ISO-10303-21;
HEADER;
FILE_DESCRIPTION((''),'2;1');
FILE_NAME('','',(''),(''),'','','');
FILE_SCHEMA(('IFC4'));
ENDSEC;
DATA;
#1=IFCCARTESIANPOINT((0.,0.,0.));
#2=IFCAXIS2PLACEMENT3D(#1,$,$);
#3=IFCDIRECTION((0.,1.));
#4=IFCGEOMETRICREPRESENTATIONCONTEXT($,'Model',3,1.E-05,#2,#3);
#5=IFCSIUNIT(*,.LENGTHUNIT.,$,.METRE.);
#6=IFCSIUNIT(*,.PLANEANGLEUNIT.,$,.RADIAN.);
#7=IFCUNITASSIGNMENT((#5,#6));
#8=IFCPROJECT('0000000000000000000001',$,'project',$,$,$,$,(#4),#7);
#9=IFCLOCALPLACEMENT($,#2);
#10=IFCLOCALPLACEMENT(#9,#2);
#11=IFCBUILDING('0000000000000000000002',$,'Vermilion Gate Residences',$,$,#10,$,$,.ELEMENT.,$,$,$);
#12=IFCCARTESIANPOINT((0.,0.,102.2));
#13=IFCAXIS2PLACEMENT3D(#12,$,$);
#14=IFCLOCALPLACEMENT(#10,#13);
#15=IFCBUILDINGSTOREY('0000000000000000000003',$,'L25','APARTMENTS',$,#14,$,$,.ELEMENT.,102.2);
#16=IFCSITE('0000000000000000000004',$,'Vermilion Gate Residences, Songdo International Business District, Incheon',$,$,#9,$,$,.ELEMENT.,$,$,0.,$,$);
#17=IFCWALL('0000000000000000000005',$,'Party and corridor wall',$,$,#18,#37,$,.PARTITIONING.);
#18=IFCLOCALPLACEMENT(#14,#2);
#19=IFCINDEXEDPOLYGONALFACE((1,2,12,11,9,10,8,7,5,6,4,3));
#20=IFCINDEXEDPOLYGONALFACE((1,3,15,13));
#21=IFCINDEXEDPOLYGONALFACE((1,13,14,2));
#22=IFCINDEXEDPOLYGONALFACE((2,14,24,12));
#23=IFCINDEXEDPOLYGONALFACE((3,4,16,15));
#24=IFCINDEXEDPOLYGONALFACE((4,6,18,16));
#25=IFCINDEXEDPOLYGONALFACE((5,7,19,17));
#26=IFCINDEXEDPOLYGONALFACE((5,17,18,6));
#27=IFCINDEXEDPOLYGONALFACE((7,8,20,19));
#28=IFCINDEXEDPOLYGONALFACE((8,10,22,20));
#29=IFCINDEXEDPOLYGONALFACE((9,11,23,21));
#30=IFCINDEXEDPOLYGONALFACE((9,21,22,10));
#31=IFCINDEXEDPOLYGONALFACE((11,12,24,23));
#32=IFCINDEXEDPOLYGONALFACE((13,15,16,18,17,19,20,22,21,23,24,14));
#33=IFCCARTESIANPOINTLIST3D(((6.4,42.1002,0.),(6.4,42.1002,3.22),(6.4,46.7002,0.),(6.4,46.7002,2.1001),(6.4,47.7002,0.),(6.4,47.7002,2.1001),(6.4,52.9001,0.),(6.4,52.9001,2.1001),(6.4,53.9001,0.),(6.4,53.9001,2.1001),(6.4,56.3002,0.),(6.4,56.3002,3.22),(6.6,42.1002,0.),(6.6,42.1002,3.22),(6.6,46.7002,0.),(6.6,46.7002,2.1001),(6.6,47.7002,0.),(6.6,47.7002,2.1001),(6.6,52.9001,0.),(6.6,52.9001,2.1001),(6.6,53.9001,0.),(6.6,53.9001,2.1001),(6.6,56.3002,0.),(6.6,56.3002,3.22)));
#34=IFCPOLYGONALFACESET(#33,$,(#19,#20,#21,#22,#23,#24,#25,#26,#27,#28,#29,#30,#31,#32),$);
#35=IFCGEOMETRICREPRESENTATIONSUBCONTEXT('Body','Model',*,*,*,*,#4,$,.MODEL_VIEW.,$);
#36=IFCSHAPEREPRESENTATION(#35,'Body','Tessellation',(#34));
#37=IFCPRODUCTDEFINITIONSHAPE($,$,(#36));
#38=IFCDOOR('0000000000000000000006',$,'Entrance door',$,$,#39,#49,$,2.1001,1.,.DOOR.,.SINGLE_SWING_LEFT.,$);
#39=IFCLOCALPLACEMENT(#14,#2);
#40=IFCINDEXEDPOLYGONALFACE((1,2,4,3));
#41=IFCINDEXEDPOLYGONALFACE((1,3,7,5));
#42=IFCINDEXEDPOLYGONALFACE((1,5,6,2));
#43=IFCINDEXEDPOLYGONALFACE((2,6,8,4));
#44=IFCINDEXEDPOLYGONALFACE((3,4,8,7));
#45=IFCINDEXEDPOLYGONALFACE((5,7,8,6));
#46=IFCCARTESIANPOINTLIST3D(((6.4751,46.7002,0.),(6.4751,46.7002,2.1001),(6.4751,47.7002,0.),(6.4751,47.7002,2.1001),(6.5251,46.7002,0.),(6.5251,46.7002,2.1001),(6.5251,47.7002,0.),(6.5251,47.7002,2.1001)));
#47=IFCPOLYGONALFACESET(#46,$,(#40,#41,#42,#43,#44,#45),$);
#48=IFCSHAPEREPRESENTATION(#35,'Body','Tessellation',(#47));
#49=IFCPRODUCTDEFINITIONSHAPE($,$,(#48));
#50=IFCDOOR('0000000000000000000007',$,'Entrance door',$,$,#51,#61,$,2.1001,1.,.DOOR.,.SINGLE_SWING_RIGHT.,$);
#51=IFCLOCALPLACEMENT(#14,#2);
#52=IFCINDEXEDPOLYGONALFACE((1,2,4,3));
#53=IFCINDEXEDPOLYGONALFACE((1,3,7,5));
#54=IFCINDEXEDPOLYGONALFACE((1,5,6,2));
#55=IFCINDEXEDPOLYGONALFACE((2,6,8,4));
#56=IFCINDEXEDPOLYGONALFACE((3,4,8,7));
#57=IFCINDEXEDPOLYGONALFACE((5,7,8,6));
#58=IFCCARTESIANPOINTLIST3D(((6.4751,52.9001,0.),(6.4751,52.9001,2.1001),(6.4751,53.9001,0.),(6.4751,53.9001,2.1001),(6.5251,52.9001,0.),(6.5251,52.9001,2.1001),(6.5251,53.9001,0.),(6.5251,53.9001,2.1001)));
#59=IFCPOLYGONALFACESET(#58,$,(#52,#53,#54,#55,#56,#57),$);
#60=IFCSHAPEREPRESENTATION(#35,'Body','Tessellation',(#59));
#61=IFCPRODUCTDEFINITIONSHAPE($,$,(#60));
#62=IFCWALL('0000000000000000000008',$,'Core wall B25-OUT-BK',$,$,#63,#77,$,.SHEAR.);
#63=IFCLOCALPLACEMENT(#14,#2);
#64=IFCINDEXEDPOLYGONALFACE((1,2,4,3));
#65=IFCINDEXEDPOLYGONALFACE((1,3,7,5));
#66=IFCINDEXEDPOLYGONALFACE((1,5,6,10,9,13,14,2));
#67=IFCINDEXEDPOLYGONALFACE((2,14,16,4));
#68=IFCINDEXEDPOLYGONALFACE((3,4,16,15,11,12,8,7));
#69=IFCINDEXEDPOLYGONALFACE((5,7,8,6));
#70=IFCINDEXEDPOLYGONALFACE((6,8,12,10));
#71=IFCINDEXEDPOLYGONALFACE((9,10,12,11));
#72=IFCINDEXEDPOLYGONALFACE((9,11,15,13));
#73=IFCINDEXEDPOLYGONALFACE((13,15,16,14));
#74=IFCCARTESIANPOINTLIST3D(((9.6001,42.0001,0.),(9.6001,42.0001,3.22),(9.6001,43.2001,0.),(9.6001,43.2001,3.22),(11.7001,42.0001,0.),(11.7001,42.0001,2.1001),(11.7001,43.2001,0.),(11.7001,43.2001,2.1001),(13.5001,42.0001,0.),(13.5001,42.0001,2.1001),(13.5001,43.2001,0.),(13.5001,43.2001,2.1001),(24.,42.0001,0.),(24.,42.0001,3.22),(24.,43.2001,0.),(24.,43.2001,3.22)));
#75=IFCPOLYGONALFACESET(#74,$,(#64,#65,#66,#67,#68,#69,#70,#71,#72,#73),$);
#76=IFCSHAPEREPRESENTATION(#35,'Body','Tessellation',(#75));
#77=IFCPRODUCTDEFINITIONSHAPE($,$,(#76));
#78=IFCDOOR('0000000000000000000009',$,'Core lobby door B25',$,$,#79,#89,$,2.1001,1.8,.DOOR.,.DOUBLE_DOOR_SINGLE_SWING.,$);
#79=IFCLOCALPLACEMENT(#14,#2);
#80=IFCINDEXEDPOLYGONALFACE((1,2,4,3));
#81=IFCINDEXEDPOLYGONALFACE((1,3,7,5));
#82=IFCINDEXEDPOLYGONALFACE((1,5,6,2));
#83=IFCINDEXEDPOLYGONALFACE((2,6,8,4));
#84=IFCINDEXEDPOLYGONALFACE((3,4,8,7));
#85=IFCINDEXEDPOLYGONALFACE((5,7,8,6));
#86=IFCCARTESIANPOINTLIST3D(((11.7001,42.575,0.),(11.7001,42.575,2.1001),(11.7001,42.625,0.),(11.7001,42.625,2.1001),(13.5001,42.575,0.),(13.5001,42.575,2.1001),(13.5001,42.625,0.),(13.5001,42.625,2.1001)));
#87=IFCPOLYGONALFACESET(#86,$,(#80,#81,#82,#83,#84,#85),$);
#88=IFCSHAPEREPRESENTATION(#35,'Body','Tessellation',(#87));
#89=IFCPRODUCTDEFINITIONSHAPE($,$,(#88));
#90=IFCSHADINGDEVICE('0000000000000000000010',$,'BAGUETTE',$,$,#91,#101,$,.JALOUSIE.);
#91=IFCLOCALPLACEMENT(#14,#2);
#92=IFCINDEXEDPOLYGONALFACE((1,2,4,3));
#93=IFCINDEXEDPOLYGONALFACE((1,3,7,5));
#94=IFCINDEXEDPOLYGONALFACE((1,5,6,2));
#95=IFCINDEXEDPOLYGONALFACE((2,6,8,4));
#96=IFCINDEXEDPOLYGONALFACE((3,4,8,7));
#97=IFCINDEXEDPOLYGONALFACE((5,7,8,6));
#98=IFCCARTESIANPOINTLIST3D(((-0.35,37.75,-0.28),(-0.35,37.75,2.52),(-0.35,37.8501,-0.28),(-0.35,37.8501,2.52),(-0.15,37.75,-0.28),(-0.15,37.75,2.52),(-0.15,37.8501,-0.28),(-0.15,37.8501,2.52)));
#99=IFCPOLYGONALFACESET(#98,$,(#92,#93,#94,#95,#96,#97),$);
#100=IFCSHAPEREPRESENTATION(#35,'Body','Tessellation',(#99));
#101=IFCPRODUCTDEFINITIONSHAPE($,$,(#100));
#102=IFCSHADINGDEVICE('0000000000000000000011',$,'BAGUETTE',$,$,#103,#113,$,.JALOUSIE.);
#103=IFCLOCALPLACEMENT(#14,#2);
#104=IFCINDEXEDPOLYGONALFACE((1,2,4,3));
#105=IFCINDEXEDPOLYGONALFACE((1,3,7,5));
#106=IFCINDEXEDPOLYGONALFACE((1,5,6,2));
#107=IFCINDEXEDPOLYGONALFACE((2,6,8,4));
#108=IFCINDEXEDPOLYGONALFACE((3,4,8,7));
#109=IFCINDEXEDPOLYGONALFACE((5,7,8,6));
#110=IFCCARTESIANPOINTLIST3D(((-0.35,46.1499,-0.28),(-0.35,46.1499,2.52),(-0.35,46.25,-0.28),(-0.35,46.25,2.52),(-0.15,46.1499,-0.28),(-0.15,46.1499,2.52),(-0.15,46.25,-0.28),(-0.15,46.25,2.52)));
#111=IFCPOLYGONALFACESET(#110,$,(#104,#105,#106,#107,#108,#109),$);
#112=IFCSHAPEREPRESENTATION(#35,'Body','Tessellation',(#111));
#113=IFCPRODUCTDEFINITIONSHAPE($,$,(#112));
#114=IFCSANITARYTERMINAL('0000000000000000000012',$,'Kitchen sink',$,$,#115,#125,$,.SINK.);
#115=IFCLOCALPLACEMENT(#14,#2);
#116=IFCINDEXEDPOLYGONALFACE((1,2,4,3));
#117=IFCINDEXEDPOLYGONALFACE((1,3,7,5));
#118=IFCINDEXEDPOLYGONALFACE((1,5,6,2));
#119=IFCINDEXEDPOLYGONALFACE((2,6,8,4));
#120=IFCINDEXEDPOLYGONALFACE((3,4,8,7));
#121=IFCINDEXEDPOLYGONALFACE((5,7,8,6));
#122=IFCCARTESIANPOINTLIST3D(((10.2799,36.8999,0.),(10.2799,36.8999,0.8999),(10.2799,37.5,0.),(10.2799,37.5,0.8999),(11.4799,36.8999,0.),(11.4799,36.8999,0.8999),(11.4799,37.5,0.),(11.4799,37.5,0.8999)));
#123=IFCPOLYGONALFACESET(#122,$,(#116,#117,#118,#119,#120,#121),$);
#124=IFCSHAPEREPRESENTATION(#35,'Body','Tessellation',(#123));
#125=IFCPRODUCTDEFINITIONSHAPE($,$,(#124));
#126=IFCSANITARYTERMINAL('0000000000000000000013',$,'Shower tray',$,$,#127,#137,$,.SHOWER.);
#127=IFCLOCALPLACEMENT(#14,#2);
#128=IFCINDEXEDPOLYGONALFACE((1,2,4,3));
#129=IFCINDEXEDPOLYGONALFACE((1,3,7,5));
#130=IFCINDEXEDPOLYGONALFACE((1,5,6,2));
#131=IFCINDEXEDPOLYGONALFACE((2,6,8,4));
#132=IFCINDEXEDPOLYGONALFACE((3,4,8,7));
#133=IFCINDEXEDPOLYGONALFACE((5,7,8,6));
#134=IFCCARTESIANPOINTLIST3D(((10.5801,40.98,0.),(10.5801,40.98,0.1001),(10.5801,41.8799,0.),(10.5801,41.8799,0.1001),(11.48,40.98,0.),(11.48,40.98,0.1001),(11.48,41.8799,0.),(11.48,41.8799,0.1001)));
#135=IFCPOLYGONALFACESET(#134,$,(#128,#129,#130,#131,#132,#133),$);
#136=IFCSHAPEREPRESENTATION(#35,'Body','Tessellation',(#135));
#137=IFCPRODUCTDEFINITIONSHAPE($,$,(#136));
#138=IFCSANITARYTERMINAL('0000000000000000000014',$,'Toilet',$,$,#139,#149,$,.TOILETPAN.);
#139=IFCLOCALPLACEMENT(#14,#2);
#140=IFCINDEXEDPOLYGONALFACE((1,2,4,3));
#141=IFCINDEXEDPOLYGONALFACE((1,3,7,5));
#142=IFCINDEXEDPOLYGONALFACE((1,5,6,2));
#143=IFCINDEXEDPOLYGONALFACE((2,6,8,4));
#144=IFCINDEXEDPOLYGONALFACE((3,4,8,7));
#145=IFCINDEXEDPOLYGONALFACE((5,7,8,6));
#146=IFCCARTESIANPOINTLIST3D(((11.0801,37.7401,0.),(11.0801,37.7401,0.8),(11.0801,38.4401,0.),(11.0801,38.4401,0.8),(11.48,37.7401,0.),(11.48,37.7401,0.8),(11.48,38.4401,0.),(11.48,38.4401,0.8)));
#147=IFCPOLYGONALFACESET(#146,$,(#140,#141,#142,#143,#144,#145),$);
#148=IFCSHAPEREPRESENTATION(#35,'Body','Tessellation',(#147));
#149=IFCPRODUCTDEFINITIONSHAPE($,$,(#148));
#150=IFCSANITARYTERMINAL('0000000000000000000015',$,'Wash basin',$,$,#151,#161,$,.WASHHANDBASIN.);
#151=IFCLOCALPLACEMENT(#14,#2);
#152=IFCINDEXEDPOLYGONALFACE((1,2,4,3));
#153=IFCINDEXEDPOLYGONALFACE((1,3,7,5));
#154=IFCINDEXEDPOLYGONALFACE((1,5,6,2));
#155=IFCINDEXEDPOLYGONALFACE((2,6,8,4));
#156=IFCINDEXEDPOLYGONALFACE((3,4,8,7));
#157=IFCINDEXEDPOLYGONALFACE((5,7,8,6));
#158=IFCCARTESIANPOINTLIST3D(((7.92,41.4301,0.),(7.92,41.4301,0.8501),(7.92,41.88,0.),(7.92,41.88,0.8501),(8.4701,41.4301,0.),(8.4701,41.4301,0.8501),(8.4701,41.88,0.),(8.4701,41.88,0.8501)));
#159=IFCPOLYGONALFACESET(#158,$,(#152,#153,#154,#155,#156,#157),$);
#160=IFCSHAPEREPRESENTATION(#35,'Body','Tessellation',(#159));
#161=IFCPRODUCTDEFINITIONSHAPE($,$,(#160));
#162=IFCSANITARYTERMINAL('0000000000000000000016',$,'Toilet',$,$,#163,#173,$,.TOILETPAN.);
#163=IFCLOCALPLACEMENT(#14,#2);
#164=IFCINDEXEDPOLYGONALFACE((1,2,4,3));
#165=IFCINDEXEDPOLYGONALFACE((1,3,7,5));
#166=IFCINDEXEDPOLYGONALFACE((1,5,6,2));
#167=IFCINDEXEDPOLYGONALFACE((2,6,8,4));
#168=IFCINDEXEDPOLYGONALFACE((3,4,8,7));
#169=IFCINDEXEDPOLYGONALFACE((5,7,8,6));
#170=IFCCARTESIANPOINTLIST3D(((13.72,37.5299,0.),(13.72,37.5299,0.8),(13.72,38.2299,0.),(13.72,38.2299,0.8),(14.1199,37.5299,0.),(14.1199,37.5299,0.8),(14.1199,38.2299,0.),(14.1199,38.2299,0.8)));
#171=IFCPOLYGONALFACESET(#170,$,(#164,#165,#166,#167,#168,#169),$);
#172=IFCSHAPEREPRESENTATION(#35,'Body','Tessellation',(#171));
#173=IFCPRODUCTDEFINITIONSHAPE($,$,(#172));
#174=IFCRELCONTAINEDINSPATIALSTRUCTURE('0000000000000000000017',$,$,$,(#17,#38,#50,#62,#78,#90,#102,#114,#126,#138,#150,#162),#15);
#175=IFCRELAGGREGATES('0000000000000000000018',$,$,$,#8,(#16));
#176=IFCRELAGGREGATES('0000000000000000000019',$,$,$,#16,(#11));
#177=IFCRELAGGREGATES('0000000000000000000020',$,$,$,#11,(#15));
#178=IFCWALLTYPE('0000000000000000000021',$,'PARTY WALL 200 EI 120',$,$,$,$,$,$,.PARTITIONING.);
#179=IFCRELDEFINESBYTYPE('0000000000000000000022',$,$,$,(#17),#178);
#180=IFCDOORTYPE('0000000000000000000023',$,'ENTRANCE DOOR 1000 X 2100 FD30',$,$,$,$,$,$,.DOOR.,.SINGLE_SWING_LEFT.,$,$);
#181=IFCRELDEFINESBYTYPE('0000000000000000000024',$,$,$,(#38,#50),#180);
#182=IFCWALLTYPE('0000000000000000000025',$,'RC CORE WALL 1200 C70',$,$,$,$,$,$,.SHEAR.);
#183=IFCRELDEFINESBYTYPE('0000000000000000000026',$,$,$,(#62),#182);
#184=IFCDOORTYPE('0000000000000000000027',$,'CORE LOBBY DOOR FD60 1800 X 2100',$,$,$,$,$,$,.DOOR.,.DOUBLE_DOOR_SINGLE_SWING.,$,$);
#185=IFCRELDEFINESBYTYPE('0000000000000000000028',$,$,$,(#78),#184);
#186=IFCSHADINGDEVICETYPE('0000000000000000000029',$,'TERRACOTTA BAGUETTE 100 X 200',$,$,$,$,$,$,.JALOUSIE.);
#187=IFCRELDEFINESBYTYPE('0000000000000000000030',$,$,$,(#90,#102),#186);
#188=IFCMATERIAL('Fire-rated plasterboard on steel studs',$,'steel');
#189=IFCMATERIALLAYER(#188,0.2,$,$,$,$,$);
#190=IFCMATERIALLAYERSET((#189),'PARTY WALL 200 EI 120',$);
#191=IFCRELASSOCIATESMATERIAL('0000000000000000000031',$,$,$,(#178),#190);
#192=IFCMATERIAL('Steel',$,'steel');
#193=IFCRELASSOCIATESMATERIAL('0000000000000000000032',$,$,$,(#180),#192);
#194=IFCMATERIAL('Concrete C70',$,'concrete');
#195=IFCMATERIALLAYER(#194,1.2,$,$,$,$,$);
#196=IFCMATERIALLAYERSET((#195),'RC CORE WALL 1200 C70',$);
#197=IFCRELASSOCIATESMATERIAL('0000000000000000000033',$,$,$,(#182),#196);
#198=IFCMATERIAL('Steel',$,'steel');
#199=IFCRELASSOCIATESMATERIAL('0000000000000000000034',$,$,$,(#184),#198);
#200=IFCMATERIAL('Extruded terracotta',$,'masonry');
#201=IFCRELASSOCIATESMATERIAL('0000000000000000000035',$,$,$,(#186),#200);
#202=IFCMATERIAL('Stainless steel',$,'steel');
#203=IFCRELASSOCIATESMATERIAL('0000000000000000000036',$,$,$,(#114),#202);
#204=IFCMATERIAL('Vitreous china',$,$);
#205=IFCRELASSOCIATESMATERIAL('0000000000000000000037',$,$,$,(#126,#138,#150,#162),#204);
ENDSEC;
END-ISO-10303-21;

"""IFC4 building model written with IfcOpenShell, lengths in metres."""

from ifc_helpers import new_model, si_unit, direction, frame, frame_2d, origin, origin_2d, place, context, subcontext, project, spatial, rectangle, extrude, material, layer, layer_set, material_profile, profile_set, type_object, element, fill, save


model = new_model("IFC4")

# Units and contexts
model_context = context("Model", 3, precision=1e-05, world=origin(), true_north=direction((0.0, 1.0)))
body_context = subcontext(model_context, "Body", "Model", "MODEL_VIEW")
ifc_project = project(units=[si_unit("LENGTHUNIT", "METRE"), si_unit("PLANEANGLEUNIT", "RADIAN")], contexts=[model_context])

# Site, building, storey
site_placement = place(None, origin())
site = spatial("IfcSite", under=ifc_project, at=site_placement, Name="Vermilion Gate Residences, Songdo International Business District, Incheon", CompositionType="ELEMENT", RefElevation=0.0)
building_placement = place(site_placement, origin())
building = spatial("IfcBuilding", under=site, at=building_placement, Name="Vermilion Gate Residences", CompositionType="ELEMENT")
storey_placement = place(building_placement, frame((0.0, 0.0, 102.2)))
storey = spatial("IfcBuildingStorey", under=building, at=storey_placement, Name="L25", Description="APARTMENTS", CompositionType="ELEMENT", Elevation=102.2)

# Shared definitions
ifc_material_1 = material(Name="Fire-rated plasterboard on steel studs", Category="steel")
ifc_layer_1 = layer(ifc_material_1, 0.2)
ifc_layer_set_1 = layer_set([ifc_layer_1], Name="PARTY WALL 200 EI 120")
wall_type_1 = type_object("IfcWallType", Name="PARTY WALL 200 EI 120", PredefinedType="PARTITIONING", material=ifc_layer_set_1)

# Wall, openings, doors
wall_1_placement = place(storey_placement, frame((6.5, 42.1001, 0.0), z_axis=(0.0, 0.0, 1.0), x_axis=(0.0, 1.0, 0.0)))
wall_1 = element("IfcWall", 1, at=wall_1_placement, inside=storey, type_object=wall_type_1, Name="Party and corridor wall", PredefinedType="PARTITIONING", context=body_context, shape_type="SweptSolid", body=[
    extrude(rectangle(XDim=14.2, YDim=0.2, at=frame_2d((7.1001, 0.0))), origin(), (0.0, 0.0, 1.0), 3.22),
])
opening_1_placement = place(wall_1_placement, frame((4.6001, 0.0, 0.0)))
opening_1 = element("IfcOpeningElement", 2, at=opening_1_placement, cuts=wall_1, PredefinedType="OPENING", context=body_context, shape_type="SweptSolid", body=[
    extrude(rectangle(XDim=1.0, YDim=2.1001, at=frame_2d((0.5, 1.05))), frame((0.0, 0.1099, 0.0), z_axis=(0.0, -1.0, 0.0), x_axis=(1.0, 0.0, 0.0)), (0.0, 0.0, 1.0), 0.22),
])
opening_2_placement = place(wall_1_placement, frame((10.8, 0.0, 0.0)))
opening_2 = element("IfcOpeningElement", 3, at=opening_2_placement, cuts=wall_1, PredefinedType="OPENING", context=body_context, shape_type="SweptSolid", body=[
    extrude(rectangle(XDim=1.0, YDim=2.1001, at=frame_2d((0.5, 1.05))), frame((0.0, 0.1099, 0.0), z_axis=(0.0, -1.0, 0.0), x_axis=(1.0, 0.0, 0.0)), (0.0, 0.0, 1.0), 0.22),
])
ifc_material_2 = material(Name="Steel", Category="steel")
door_type_1 = type_object("IfcDoorType", Name="ENTRANCE DOOR 1000 X 2100 FD30", OperationType="SINGLE_SWING_LEFT", PredefinedType="DOOR", material=ifc_material_2)
door_1_placement = place(opening_1_placement, origin())
door_1 = element("IfcDoor", 4, at=door_1_placement, inside=storey, type_object=door_type_1, Name="Entrance door", OperationType="SINGLE_SWING_LEFT", OverallHeight=2.1001, OverallWidth=1.0, PredefinedType="DOOR", context=body_context, shape_type="SweptSolid", body=[
    extrude(rectangle(XDim=1.0, YDim=2.1001, at=frame_2d((0.5, 1.05))), frame((0.0, 0.0249, 0.0), z_axis=(0.0, -1.0, 0.0), x_axis=(1.0, 0.0, 0.0)), (0.0, 0.0, 1.0), 0.05),
])
fill(opening_1, door_1)
door_2_placement = place(opening_2_placement, origin())
door_2 = element("IfcDoor", 5, at=door_2_placement, inside=storey, type_object=door_type_1, Name="Entrance door", OperationType="SINGLE_SWING_RIGHT", OverallHeight=2.1001, OverallWidth=1.0, PredefinedType="DOOR", context=body_context, shape_type="SweptSolid", body=[
    extrude(rectangle(XDim=1.0, YDim=2.1001, at=frame_2d((0.5, 1.05))), frame((0.0, 0.0249, 0.0), z_axis=(0.0, -1.0, 0.0), x_axis=(1.0, 0.0, 0.0)), (0.0, 0.0, 1.0), 0.05),
])
fill(opening_2, door_2)

# Wall, opening, door
ifc_material_3 = material(Name="Concrete C70", Category="concrete")
ifc_layer_2 = layer(ifc_material_3, 1.2)
ifc_layer_set_2 = layer_set([ifc_layer_2], Name="RC CORE WALL 1200 C70")
wall_type_2 = type_object("IfcWallType", Name="RC CORE WALL 1200 C70", PredefinedType="SHEAR", material=ifc_layer_set_2)
wall_2_placement = place(storey_placement, frame((9.6001, 42.6001, 0.0), z_axis=(0.0, 0.0, 1.0), x_axis=(1.0, 0.0, 0.0)))
wall_2 = element("IfcWall", 6, at=wall_2_placement, inside=storey, type_object=wall_type_2, Name="Core wall B25-OUT-BK", PredefinedType="SHEAR", context=body_context, shape_type="SweptSolid", body=[
    extrude(rectangle(XDim=14.3999, YDim=1.2, at=frame_2d((7.2, 0.0))), origin(), (0.0, 0.0, 1.0), 3.22),
])
opening_3_placement = place(wall_2_placement, frame((2.1001, 0.0, 0.0)))
opening_3 = element("IfcOpeningElement", 7, at=opening_3_placement, cuts=wall_2, PredefinedType="OPENING", context=body_context, shape_type="SweptSolid", body=[
    extrude(rectangle(XDim=1.8, YDim=2.1001, at=frame_2d((0.8999, 1.05))), frame((0.0, 0.6099, 0.0), z_axis=(0.0, -1.0, 0.0), x_axis=(1.0, 0.0, 0.0)), (0.0, 0.0, 1.0), 1.22),
])
ifc_material_4 = material(Name="Steel", Category="steel")
door_type_2 = type_object("IfcDoorType", Name="CORE LOBBY DOOR FD60 1800 X 2100", OperationType="DOUBLE_DOOR_SINGLE_SWING", PredefinedType="DOOR", material=ifc_material_4)
door_3_placement = place(opening_3_placement, origin())
door_3 = element("IfcDoor", 8, at=door_3_placement, inside=storey, type_object=door_type_2, Name="Core lobby door B25", OperationType="DOUBLE_DOOR_SINGLE_SWING", OverallHeight=2.1001, OverallWidth=1.8, PredefinedType="DOOR", context=body_context, shape_type="SweptSolid", body=[
    extrude(rectangle(XDim=1.8, YDim=2.1001, at=frame_2d((0.8999, 1.05))), frame((0.0, 0.0249, 0.0), z_axis=(0.0, -1.0, 0.0), x_axis=(1.0, 0.0, 0.0)), (0.0, 0.0, 1.0), 0.05),
])
fill(opening_3, door_3)

# Shading devices
ifc_material_5 = material(Name="Extruded terracotta", Category="masonry")
ifc_material_profile_1 = material_profile(ifc_material_5, rectangle(XDim=0.2, YDim=0.1001, at=origin_2d()), Name="BAGUETTE 100 X 200")
ifc_profile_set_1 = profile_set([ifc_material_profile_1], Name="Extruded terracotta")
shading_device_type = type_object("IfcShadingDeviceType", Name="TERRACOTTA BAGUETTE 100 X 200", PredefinedType="JALOUSIE", material=ifc_profile_set_1)
for number, where, z_axis, x_axis, name in (
    (9, (-0.25, 37.8, -0.28), (0.0, 0.0, 1.0), (1.0, 0.0, 0.0), "BAGUETTE"),
    (10, (-0.25, 46.2, -0.28), (0.0, 0.0, 1.0), (1.0, 0.0, 0.0), "BAGUETTE"),
):
    element("IfcShadingDevice", number, at=place(storey_placement, frame(where, z_axis=z_axis, x_axis=x_axis)), inside=storey, type_object=shading_device_type, Name=name, PredefinedType="JALOUSIE", context=body_context, shape_type="SweptSolid", body=[
        extrude(rectangle(XDim=0.2, YDim=0.1001, at=origin_2d()), origin(), (0.0, 0.0, 1.0), 2.8),
    ])

# Sanitary terminals
ifc_material_6 = material(Name="Stainless steel", Category="steel")
sanitary_terminal_1_placement = place(storey_placement, frame((10.8799, 37.2, 0.0), z_axis=(0.0, 0.0, 1.0), x_axis=(1.0, 0.0, 0.0)))
element("IfcSanitaryTerminal", 11, at=sanitary_terminal_1_placement, inside=storey, material=ifc_material_6, Name="Kitchen sink", PredefinedType="SINK", context=body_context, shape_type="SweptSolid", body=[
    extrude(rectangle(XDim=1.2, YDim=0.6001, at=origin_2d()), origin(), (0.0, 0.0, 1.0), 0.8999),
])
ifc_material_7 = material(Name="Vitreous china")
sanitary_terminal_2_placement = place(storey_placement, frame((11.03, 41.4299, 0.0), z_axis=(0.0, 0.0, 1.0), x_axis=(1.0, 0.0, 0.0)))
element("IfcSanitaryTerminal", 12, at=sanitary_terminal_2_placement, inside=storey, material=ifc_material_7, Name="Shower tray", PredefinedType="SHOWER", context=body_context, shape_type="SweptSolid", body=[
    extrude(rectangle(XDim=0.8999, YDim=0.8999, at=origin_2d()), origin(), (0.0, 0.0, 1.0), 0.1001),
])
sanitary_terminal_3_placement = place(storey_placement, frame((11.28, 38.0901, 0.0), z_axis=(0.0, 0.0, 1.0), x_axis=(1.0, 0.0, 0.0)))
element("IfcSanitaryTerminal", 13, at=sanitary_terminal_3_placement, inside=storey, material=ifc_material_7, Name="Toilet", PredefinedType="TOILETPAN", context=body_context, shape_type="SweptSolid", body=[
    extrude(rectangle(XDim=0.3999, YDim=0.7, at=origin_2d()), origin(), (0.0, 0.0, 1.0), 0.8),
])
sanitary_terminal_4_placement = place(storey_placement, frame((8.1951, 41.655, 0.0), z_axis=(0.0, 0.0, 1.0), x_axis=(1.0, 0.0, 0.0)))
element("IfcSanitaryTerminal", 14, at=sanitary_terminal_4_placement, inside=storey, material=ifc_material_7, Name="Wash basin", PredefinedType="WASHHANDBASIN", context=body_context, shape_type="SweptSolid", body=[
    extrude(rectangle(XDim=0.55, YDim=0.45, at=origin_2d()), origin(), (0.0, 0.0, 1.0), 0.8501),
])
sanitary_terminal_5_placement = place(storey_placement, frame((13.9199, 37.8799, 0.0), z_axis=(0.0, 0.0, 1.0), x_axis=(1.0, 0.0, 0.0)))
element("IfcSanitaryTerminal", 15, at=sanitary_terminal_5_placement, inside=storey, material=ifc_material_7, Name="Toilet", PredefinedType="TOILETPAN", context=body_context, shape_type="SweptSolid", body=[
    extrude(rectangle(XDim=0.3999, YDim=0.7, at=origin_2d()), origin(), (0.0, 0.0, 1.0), 0.8),
])

save(model, "model.ifc")
